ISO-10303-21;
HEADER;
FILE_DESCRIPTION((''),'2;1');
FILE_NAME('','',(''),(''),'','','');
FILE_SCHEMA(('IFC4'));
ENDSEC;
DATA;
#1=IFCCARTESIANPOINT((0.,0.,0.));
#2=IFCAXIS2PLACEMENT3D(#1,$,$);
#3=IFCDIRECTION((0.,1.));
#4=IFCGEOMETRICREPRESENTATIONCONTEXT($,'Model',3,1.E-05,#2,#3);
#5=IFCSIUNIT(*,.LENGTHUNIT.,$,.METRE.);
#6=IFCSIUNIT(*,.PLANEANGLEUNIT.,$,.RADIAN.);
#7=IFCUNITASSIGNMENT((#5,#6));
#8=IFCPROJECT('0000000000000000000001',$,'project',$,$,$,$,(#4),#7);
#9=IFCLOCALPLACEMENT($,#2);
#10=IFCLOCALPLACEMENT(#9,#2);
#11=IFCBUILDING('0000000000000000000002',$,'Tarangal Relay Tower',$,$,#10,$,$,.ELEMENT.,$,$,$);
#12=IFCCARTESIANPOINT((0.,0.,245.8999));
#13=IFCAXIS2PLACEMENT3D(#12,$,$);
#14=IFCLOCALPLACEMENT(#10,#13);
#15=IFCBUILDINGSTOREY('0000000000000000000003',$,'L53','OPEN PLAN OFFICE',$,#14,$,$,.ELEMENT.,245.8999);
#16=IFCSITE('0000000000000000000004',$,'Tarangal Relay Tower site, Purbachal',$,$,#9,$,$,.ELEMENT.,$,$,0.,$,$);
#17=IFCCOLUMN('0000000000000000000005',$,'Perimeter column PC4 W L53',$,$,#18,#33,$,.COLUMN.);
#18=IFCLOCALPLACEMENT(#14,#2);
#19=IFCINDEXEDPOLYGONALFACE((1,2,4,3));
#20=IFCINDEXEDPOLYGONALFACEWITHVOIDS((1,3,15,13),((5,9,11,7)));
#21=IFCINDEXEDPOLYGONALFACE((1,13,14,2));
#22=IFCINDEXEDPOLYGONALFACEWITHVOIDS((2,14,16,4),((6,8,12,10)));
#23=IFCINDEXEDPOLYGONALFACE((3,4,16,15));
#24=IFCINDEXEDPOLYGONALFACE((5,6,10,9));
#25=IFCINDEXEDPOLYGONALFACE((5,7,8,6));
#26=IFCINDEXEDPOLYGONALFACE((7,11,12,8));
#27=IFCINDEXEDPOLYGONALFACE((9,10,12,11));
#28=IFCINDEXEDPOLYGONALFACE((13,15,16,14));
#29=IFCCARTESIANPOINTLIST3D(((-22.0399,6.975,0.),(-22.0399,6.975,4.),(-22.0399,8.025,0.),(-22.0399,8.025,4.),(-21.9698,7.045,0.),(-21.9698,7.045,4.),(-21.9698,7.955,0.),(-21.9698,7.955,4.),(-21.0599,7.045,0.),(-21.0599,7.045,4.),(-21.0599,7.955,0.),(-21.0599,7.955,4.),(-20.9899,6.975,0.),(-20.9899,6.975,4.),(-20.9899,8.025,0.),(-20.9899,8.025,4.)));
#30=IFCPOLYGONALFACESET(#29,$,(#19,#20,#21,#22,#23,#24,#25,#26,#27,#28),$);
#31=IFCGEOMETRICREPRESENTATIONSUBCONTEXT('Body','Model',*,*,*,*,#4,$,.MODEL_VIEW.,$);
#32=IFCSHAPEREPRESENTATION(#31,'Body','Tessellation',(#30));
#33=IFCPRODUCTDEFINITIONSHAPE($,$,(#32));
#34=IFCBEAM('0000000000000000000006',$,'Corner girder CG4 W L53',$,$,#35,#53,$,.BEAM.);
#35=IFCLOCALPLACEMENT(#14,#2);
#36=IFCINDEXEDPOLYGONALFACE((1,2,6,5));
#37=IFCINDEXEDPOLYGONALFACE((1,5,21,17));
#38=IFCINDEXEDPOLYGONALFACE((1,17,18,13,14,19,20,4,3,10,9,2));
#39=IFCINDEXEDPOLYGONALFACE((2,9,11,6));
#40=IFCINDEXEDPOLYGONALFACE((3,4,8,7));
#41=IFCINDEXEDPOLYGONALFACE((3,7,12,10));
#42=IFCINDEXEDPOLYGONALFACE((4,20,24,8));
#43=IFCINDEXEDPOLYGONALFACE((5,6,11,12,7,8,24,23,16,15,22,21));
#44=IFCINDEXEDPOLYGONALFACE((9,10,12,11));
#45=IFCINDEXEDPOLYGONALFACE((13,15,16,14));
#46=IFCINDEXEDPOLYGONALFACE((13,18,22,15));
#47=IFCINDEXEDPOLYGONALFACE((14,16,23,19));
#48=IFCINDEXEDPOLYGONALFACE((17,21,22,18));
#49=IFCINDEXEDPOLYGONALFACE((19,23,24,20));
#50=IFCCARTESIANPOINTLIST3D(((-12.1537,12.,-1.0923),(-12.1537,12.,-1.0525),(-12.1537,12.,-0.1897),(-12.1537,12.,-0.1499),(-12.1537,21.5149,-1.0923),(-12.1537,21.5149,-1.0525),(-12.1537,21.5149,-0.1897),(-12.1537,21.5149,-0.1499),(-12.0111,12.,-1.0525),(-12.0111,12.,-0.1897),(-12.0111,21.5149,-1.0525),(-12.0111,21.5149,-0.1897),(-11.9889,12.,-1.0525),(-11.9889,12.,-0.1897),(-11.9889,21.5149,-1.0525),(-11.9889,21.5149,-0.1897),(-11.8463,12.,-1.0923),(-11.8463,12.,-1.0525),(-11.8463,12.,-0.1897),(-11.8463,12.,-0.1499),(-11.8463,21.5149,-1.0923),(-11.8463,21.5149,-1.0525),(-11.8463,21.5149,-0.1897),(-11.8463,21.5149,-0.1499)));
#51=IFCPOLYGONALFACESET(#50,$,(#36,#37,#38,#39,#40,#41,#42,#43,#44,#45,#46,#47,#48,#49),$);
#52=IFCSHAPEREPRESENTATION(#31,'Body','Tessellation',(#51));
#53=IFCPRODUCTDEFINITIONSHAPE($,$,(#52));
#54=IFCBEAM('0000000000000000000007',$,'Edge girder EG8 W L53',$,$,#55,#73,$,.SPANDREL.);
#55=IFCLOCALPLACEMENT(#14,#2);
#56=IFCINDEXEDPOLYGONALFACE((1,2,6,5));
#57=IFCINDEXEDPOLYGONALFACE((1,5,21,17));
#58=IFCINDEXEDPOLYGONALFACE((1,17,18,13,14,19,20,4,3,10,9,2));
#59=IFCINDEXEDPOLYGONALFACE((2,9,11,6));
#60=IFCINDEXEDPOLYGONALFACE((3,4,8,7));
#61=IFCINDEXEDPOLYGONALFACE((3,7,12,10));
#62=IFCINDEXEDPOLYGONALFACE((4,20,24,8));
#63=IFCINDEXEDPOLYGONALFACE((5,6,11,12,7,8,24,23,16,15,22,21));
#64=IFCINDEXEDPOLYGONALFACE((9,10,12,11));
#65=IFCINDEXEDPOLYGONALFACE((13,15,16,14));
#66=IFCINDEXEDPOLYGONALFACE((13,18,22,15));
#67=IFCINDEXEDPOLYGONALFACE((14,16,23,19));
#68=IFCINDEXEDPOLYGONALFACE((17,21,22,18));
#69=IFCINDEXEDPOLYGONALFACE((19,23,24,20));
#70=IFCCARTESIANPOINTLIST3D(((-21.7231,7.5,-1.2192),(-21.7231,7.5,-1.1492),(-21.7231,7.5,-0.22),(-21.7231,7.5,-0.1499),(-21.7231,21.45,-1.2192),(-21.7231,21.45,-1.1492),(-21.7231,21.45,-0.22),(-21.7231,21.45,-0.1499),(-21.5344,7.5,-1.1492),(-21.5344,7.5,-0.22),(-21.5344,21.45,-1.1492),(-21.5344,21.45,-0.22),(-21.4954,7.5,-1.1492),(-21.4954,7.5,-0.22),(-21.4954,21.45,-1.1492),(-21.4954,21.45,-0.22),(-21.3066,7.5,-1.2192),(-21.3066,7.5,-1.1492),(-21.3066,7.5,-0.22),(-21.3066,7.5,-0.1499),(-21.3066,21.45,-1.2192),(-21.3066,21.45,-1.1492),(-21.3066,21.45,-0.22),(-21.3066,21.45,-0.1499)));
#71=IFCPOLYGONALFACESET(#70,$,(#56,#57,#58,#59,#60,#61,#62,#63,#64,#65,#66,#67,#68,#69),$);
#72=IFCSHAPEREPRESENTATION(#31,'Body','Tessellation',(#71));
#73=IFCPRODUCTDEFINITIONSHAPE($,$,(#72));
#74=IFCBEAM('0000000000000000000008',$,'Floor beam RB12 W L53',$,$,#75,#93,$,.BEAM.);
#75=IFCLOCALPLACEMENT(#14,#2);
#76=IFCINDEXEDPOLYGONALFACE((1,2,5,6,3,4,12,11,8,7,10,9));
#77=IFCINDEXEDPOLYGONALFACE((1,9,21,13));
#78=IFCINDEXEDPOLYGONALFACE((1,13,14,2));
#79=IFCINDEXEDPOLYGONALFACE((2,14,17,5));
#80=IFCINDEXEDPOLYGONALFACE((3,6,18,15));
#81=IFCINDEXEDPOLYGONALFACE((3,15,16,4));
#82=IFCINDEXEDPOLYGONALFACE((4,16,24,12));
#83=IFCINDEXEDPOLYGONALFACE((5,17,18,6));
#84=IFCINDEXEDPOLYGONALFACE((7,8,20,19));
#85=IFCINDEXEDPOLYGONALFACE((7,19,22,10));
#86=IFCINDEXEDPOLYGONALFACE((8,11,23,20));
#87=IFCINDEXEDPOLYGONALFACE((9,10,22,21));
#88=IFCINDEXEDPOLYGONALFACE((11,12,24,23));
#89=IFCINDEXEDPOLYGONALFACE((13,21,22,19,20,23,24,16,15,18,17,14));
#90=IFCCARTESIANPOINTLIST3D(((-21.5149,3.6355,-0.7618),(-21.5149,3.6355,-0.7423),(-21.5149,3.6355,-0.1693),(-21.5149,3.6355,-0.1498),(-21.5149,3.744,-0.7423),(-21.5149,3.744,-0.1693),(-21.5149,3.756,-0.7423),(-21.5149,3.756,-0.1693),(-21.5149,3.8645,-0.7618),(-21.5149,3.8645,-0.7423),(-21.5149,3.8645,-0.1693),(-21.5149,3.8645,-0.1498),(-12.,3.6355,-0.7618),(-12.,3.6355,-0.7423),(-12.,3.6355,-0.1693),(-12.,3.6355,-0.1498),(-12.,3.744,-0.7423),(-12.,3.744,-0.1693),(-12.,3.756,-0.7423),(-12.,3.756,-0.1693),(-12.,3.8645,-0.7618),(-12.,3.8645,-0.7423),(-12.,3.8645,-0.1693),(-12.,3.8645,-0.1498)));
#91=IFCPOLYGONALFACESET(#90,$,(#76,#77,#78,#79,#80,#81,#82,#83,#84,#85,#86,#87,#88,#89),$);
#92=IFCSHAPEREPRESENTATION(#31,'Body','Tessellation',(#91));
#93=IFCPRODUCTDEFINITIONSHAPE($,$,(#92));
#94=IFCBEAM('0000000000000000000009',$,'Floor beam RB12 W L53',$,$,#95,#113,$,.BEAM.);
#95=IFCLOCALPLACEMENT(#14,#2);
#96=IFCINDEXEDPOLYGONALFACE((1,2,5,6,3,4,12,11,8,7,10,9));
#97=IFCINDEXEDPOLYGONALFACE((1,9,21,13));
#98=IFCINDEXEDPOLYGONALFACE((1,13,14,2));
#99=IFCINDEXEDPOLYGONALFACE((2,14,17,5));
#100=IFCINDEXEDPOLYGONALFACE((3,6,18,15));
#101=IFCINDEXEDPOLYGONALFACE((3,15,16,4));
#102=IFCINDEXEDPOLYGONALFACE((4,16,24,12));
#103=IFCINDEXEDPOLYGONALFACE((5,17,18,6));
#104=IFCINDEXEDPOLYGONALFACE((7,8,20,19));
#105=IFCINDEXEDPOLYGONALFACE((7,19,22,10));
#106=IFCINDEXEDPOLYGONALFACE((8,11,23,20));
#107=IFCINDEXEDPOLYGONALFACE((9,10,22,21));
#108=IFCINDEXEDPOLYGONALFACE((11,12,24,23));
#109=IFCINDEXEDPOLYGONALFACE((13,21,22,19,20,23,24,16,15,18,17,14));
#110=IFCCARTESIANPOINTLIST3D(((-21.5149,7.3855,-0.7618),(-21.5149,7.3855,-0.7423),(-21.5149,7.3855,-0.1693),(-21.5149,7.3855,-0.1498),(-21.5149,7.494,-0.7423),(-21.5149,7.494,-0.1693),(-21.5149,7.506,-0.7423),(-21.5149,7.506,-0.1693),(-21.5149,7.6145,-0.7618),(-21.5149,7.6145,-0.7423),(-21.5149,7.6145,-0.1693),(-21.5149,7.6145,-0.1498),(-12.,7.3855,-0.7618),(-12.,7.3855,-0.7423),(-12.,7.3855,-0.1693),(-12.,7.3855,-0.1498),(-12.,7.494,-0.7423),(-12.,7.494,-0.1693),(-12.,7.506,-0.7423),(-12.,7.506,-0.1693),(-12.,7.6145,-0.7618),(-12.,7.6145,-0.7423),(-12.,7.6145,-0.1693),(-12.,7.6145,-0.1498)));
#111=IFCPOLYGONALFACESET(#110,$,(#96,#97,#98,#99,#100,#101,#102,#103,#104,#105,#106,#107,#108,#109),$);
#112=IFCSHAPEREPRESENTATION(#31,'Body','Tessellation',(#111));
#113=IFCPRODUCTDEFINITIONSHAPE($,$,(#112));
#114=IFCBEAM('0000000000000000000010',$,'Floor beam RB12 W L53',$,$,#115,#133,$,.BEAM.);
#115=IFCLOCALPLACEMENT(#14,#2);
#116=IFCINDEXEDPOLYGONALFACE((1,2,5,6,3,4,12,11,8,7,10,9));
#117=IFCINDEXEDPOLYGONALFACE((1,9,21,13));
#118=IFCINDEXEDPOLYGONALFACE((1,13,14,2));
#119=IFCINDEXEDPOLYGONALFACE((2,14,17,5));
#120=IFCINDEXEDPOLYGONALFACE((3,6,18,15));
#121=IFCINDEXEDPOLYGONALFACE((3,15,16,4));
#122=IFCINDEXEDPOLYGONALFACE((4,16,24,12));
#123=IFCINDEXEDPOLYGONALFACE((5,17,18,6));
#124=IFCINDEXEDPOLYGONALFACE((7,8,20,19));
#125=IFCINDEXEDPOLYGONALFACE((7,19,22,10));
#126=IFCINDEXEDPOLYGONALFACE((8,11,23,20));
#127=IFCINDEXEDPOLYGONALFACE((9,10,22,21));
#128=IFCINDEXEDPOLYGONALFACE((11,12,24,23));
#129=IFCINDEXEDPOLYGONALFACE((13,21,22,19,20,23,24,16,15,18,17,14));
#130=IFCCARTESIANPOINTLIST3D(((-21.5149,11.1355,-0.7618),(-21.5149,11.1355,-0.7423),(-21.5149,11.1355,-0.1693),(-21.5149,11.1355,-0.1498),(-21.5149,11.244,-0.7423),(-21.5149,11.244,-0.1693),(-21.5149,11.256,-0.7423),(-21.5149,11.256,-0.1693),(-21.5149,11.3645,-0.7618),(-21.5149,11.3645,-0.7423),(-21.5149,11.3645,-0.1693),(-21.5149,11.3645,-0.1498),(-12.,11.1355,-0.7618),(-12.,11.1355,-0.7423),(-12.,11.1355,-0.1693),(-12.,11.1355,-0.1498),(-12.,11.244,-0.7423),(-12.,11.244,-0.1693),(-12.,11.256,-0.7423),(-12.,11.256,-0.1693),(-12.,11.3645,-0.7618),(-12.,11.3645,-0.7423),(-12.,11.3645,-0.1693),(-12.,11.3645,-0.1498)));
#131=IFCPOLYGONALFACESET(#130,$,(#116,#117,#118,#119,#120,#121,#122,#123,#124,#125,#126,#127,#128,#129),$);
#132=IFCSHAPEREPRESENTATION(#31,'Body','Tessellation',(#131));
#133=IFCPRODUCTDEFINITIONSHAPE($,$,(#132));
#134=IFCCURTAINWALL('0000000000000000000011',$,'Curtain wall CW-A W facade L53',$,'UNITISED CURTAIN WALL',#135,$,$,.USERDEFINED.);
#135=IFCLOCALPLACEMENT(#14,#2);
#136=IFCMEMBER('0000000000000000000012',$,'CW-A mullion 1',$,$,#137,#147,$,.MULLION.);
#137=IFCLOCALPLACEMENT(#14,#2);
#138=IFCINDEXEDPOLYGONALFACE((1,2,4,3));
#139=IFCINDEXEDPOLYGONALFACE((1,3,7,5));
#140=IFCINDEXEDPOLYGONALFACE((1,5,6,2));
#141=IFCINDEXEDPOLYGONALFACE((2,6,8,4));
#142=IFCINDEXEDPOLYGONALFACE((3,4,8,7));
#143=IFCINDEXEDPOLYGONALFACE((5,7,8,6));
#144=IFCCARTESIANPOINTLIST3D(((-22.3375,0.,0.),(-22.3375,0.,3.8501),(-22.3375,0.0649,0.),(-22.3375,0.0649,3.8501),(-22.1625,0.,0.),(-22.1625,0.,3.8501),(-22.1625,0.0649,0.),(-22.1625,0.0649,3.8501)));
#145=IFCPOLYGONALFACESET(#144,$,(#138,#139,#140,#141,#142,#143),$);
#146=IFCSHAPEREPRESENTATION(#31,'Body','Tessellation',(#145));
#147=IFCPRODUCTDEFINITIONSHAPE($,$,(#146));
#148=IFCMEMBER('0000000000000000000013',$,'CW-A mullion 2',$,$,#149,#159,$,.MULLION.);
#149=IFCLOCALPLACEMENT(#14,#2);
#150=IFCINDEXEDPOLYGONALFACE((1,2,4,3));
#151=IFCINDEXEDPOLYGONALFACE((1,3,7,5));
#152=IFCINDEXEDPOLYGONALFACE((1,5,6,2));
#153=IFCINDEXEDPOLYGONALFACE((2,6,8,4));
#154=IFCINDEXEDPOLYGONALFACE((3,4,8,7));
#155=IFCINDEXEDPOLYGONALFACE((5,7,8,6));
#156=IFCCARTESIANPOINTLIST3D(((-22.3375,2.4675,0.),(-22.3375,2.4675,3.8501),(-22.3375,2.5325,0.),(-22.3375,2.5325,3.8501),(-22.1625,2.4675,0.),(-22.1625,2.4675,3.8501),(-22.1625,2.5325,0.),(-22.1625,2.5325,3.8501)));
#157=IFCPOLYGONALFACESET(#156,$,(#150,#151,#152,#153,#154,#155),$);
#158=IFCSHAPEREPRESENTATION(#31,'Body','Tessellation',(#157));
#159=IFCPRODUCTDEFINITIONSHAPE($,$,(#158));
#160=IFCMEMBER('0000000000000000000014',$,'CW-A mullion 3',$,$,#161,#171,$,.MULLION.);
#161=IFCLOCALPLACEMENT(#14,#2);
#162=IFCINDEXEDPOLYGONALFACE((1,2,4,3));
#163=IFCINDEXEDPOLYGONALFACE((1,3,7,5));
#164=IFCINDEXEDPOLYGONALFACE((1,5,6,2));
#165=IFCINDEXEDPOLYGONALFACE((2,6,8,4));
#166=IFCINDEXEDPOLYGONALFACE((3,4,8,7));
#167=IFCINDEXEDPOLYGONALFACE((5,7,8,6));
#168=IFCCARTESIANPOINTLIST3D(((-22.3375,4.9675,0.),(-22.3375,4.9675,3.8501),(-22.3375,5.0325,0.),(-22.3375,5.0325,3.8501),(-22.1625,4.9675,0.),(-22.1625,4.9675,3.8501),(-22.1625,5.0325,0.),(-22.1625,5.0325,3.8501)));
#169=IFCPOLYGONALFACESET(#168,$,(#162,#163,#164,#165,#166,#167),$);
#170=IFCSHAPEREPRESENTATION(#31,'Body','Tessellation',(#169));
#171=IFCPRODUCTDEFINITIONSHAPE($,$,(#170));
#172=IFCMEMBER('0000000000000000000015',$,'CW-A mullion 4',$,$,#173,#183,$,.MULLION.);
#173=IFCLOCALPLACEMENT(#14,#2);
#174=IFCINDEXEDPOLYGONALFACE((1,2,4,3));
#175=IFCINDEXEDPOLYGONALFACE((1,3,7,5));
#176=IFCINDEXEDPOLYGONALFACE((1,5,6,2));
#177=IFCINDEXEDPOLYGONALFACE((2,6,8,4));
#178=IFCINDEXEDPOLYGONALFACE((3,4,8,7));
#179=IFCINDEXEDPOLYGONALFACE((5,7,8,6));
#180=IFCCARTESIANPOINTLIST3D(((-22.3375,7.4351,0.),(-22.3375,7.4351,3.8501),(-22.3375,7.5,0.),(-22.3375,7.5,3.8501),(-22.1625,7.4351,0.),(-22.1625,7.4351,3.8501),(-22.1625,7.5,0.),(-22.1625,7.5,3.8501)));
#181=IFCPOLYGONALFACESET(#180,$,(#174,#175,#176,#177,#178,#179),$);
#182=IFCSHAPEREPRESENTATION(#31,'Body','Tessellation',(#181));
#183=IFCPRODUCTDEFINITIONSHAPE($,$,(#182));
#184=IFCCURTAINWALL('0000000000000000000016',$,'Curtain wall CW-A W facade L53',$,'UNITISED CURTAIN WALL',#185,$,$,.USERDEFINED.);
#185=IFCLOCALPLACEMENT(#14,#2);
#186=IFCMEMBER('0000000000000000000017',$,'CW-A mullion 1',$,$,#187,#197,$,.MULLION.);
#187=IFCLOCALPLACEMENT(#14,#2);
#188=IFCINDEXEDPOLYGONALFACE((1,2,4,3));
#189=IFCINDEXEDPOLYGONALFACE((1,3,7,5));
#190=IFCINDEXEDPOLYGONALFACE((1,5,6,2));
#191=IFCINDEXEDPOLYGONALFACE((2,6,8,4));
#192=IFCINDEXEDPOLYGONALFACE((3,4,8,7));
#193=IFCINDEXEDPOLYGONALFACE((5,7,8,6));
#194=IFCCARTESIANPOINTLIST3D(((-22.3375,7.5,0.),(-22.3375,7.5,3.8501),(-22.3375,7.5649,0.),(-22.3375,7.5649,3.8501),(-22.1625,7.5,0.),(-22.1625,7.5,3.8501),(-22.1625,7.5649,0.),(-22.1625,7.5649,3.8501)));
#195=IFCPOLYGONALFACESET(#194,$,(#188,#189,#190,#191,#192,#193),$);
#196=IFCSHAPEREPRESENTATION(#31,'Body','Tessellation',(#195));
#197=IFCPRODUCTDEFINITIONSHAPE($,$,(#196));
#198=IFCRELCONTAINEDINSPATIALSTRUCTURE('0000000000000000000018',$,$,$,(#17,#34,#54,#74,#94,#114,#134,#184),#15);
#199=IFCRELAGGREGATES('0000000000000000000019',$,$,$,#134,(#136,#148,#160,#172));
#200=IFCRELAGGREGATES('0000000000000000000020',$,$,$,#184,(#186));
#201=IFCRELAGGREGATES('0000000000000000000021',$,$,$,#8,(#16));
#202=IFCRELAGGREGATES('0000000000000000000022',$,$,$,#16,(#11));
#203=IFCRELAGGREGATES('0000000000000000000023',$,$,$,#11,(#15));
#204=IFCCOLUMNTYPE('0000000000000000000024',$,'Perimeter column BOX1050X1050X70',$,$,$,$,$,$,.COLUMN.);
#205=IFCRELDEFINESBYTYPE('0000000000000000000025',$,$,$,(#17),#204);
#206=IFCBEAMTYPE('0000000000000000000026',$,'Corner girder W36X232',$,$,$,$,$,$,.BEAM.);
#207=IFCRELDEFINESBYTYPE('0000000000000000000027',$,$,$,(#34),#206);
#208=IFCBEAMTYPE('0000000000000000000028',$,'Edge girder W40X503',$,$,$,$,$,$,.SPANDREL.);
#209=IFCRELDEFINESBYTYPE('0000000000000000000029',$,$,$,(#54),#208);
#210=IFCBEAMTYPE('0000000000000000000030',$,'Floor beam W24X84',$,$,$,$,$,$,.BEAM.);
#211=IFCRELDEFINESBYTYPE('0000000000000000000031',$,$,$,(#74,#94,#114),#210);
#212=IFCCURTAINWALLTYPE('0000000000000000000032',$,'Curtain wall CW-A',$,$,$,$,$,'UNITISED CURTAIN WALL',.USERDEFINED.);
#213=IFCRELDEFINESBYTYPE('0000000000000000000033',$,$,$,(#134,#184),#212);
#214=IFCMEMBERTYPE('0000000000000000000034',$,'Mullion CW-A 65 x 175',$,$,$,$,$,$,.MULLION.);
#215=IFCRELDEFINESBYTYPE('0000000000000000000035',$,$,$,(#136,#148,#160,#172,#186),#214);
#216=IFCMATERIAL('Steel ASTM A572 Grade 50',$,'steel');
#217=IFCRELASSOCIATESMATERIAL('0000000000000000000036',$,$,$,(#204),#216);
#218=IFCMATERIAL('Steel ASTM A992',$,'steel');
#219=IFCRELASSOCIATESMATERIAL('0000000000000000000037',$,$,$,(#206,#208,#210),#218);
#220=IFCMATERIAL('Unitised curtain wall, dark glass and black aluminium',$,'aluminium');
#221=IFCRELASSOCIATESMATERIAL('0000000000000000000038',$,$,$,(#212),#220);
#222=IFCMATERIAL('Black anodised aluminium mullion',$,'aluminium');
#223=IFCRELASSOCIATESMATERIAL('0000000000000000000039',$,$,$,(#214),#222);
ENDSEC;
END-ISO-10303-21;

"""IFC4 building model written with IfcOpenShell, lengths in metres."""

from ifc_helpers import new_model, si_unit, direction, frame, origin, origin_2d, place, context, subcontext, project, spatial, rectangle, hollow_rectangle, i_section, extrude, material, material_profile, profile_set, type_object, element, aggregate, save


model = new_model("IFC4")

# Units and contexts
model_context = context("Model", 3, precision=1e-05, world=origin(), true_north=direction((0.0, 1.0)))
body_context = subcontext(model_context, "Body", "Model", "MODEL_VIEW")
ifc_project = project(units=[si_unit("LENGTHUNIT", "METRE"), si_unit("PLANEANGLEUNIT", "RADIAN")], contexts=[model_context])

# Site, building, storey
site_placement = place(None, origin())
site = spatial("IfcSite", under=ifc_project, at=site_placement, Name="Tarangal Relay Tower site, Purbachal", CompositionType="ELEMENT", RefElevation=0.0)
building_placement = place(site_placement, origin())
building = spatial("IfcBuilding", under=site, at=building_placement, Name="Tarangal Relay Tower", CompositionType="ELEMENT")
storey_placement = place(building_placement, frame((0.0, 0.0, 245.8999)))
storey = spatial("IfcBuildingStorey", under=building, at=storey_placement, Name="L53", Description="OPEN PLAN OFFICE", CompositionType="ELEMENT", Elevation=245.8999)

# Column
ifc_material_1 = material(Name="Steel ASTM A572 Grade 50", Category="steel")
ifc_material_profile_1 = material_profile(ifc_material_1, hollow_rectangle(XDim=1.05, YDim=1.05, WallThickness=0.0701, at=origin_2d()), Name="BOX1050X1050X70")
ifc_profile_set_1 = profile_set([ifc_material_profile_1], Name="Steel ASTM A572 Grade 50")
column_type = type_object("IfcColumnType", Name="Perimeter column BOX1050X1050X70", PredefinedType="COLUMN", material=ifc_profile_set_1)
column_placement = place(storey_placement, frame((-21.5149, 7.5, 0.0), z_axis=(0.0, 0.0, 1.0), x_axis=(1.0, 0.0, 0.0)))
element("IfcColumn", 1, at=column_placement, inside=storey, type_object=column_type, Name="Perimeter column PC4 W L53", PredefinedType="COLUMN", context=body_context, shape_type="SweptSolid", body=[
    extrude(hollow_rectangle(XDim=1.05, YDim=1.05, WallThickness=0.0701, at=origin_2d()), origin(), (0.0, 0.0, 1.0), 4.0),
])

# Beams
ifc_material_2 = material(Name="Steel ASTM A992", Category="steel")
ifc_material_profile_2 = material_profile(ifc_material_2, i_section(OverallWidth=0.3074, OverallDepth=0.9424, WebThickness=0.0222, FlangeThickness=0.0398, at=origin_2d()), Name="W36X232")
ifc_profile_set_2 = profile_set([ifc_material_profile_2], Name="Steel ASTM A992")
beam_type_1 = type_object("IfcBeamType", Name="Corner girder W36X232", PredefinedType="BEAM", material=ifc_profile_set_2)
beam_1_placement = place(storey_placement, frame((-12.0, 12.0, -0.6211), z_axis=(0.0, 1.0, 0.0), x_axis=(-1.0, 0.0, 0.0)))
element("IfcBeam", 2, at=beam_1_placement, inside=storey, type_object=beam_type_1, Name="Corner girder CG4 W L53", PredefinedType="BEAM", context=body_context, shape_type="SweptSolid", body=[
    extrude(i_section(OverallWidth=0.3074, OverallDepth=0.9424, WebThickness=0.0222, FlangeThickness=0.0398, at=origin_2d()), origin(), (0.0, 0.0, 1.0), 9.5149),
])
ifc_material_profile_3 = material_profile(ifc_material_2, i_section(OverallWidth=0.4165, OverallDepth=1.0693, WebThickness=0.0391, FlangeThickness=0.0701, at=origin_2d()), Name="W40X503")
ifc_profile_set_3 = profile_set([ifc_material_profile_3], Name="Steel ASTM A992")
beam_type_2 = type_object("IfcBeamType", Name="Edge girder W40X503", PredefinedType="SPANDREL", material=ifc_profile_set_3)
beam_2_placement = place(storey_placement, frame((-21.5149, 7.5, -0.6846), z_axis=(0.0, 1.0, 0.0), x_axis=(-1.0, 0.0, 0.0)))
element("IfcBeam", 3, at=beam_2_placement, inside=storey, type_object=beam_type_2, Name="Edge girder EG8 W L53", PredefinedType="SPANDREL", context=body_context, shape_type="SweptSolid", body=[
    extrude(i_section(OverallWidth=0.4165, OverallDepth=1.0693, WebThickness=0.0391, FlangeThickness=0.0701, at=origin_2d()), origin(), (0.0, 0.0, 1.0), 13.95),
])
ifc_material_profile_4 = material_profile(ifc_material_2, i_section(OverallWidth=0.229, OverallDepth=0.6121, WebThickness=0.012, FlangeThickness=0.0195, at=origin_2d()), Name="W24X84")
ifc_profile_set_4 = profile_set([ifc_material_profile_4], Name="Steel ASTM A992")
beam_type_3 = type_object("IfcBeamType", Name="Floor beam W24X84", PredefinedType="BEAM", material=ifc_profile_set_4)
for number, where, z_axis, x_axis, name in (
    (4, (-12.0, 3.75, -0.4558), (-1.0, 0.0, 0.0), (0.0, -1.0, 0.0), "Floor beam RB12 W L53"),
    (5, (-12.0, 7.5, -0.4558), (-1.0, 0.0, 0.0), (0.0, -1.0, 0.0), "Floor beam RB12 W L53"),
    (6, (-12.0, 11.25, -0.4558), (-1.0, 0.0, 0.0), (0.0, -1.0, 0.0), "Floor beam RB12 W L53"),
):
    element("IfcBeam", number, at=place(storey_placement, frame(where, z_axis=z_axis, x_axis=x_axis)), inside=storey, type_object=beam_type_3, Name=name, PredefinedType="BEAM", context=body_context, shape_type="SweptSolid", body=[
        extrude(i_section(OverallWidth=0.229, OverallDepth=0.6121, WebThickness=0.012, FlangeThickness=0.0195, at=origin_2d()), origin(), (0.0, 0.0, 1.0), 9.5149),
    ])

# Curtain walls, members
ifc_material_3 = material(Name="Unitised curtain wall, dark glass and black aluminium", Category="aluminium")
curtain_wall_type = type_object("IfcCurtainWallType", Name="Curtain wall CW-A", ElementType="UNITISED CURTAIN WALL", PredefinedType="USERDEFINED", material=ifc_material_3)
curtain_wall_1_placement = place(storey_placement, origin())
curtain_wall_1 = element("IfcCurtainWall", 7, at=curtain_wall_1_placement, inside=storey, type_object=curtain_wall_type, Name="Curtain wall CW-A W facade L53", ObjectType="UNITISED CURTAIN WALL", PredefinedType="USERDEFINED")
ifc_material_4 = material(Name="Black anodised aluminium mullion", Category="aluminium")
ifc_material_profile_5 = material_profile(ifc_material_4, rectangle(XDim=0.175, YDim=0.0649, at=origin_2d()), Name="CW-AM 65X175")
ifc_profile_set_5 = profile_set([ifc_material_profile_5], Name="Black anodised aluminium mullion")
member_type_1 = type_object("IfcMemberType", Name="Mullion CW-A 65 x 175", PredefinedType="MULLION", material=ifc_profile_set_5)
member_1_placement = place(storey_placement, frame((-22.25, 0.0325, 0.0), z_axis=(0.0, 0.0, 1.0), x_axis=(-1.0, 0.0, 0.0)))
member_1 = element("IfcMember", 8, at=member_1_placement, type_object=member_type_1, Name="CW-A mullion 1", PredefinedType="MULLION", context=body_context, shape_type="SweptSolid", body=[
    extrude(rectangle(XDim=0.175, YDim=0.0649, at=origin_2d()), origin(), (0.0, 0.0, 1.0), 3.8501),
])
member_2_placement = place(storey_placement, frame((-22.25, 2.5, 0.0), z_axis=(0.0, 0.0, 1.0), x_axis=(-1.0, 0.0, 0.0)))
member_2 = element("IfcMember", 9, at=member_2_placement, type_object=member_type_1, Name="CW-A mullion 2", PredefinedType="MULLION", context=body_context, shape_type="SweptSolid", body=[
    extrude(rectangle(XDim=0.175, YDim=0.0649, at=origin_2d()), origin(), (0.0, 0.0, 1.0), 3.8501),
])
member_3_placement = place(storey_placement, frame((-22.25, 5.0, 0.0), z_axis=(0.0, 0.0, 1.0), x_axis=(-1.0, 0.0, 0.0)))
member_3 = element("IfcMember", 10, at=member_3_placement, type_object=member_type_1, Name="CW-A mullion 3", PredefinedType="MULLION", context=body_context, shape_type="SweptSolid", body=[
    extrude(rectangle(XDim=0.175, YDim=0.0649, at=origin_2d()), origin(), (0.0, 0.0, 1.0), 3.8501),
])
member_4_placement = place(storey_placement, frame((-22.25, 7.4675, 0.0), z_axis=(0.0, 0.0, 1.0), x_axis=(-1.0, 0.0, 0.0)))
member_4 = element("IfcMember", 11, at=member_4_placement, type_object=member_type_1, Name="CW-A mullion 4", PredefinedType="MULLION", context=body_context, shape_type="SweptSolid", body=[
    extrude(rectangle(XDim=0.175, YDim=0.0649, at=origin_2d()), origin(), (0.0, 0.0, 1.0), 3.8501),
])
curtain_wall_2_placement = place(storey_placement, origin())
curtain_wall_2 = element("IfcCurtainWall", 12, at=curtain_wall_2_placement, inside=storey, type_object=curtain_wall_type, Name="Curtain wall CW-A W facade L53", ObjectType="UNITISED CURTAIN WALL", PredefinedType="USERDEFINED")
member_5_placement = place(storey_placement, frame((-22.25, 7.5325, 0.0), z_axis=(0.0, 0.0, 1.0), x_axis=(-1.0, 0.0, 0.0)))
member_5 = element("IfcMember", 13, at=member_5_placement, type_object=member_type_1, Name="CW-A mullion 1", PredefinedType="MULLION", context=body_context, shape_type="SweptSolid", body=[
    extrude(rectangle(XDim=0.175, YDim=0.0649, at=origin_2d()), origin(), (0.0, 0.0, 1.0), 3.8501),
])

aggregate(curtain_wall_1, [member_1, member_2, member_3, member_4])
aggregate(curtain_wall_2, [member_5])

save(model, "model.ifc")
